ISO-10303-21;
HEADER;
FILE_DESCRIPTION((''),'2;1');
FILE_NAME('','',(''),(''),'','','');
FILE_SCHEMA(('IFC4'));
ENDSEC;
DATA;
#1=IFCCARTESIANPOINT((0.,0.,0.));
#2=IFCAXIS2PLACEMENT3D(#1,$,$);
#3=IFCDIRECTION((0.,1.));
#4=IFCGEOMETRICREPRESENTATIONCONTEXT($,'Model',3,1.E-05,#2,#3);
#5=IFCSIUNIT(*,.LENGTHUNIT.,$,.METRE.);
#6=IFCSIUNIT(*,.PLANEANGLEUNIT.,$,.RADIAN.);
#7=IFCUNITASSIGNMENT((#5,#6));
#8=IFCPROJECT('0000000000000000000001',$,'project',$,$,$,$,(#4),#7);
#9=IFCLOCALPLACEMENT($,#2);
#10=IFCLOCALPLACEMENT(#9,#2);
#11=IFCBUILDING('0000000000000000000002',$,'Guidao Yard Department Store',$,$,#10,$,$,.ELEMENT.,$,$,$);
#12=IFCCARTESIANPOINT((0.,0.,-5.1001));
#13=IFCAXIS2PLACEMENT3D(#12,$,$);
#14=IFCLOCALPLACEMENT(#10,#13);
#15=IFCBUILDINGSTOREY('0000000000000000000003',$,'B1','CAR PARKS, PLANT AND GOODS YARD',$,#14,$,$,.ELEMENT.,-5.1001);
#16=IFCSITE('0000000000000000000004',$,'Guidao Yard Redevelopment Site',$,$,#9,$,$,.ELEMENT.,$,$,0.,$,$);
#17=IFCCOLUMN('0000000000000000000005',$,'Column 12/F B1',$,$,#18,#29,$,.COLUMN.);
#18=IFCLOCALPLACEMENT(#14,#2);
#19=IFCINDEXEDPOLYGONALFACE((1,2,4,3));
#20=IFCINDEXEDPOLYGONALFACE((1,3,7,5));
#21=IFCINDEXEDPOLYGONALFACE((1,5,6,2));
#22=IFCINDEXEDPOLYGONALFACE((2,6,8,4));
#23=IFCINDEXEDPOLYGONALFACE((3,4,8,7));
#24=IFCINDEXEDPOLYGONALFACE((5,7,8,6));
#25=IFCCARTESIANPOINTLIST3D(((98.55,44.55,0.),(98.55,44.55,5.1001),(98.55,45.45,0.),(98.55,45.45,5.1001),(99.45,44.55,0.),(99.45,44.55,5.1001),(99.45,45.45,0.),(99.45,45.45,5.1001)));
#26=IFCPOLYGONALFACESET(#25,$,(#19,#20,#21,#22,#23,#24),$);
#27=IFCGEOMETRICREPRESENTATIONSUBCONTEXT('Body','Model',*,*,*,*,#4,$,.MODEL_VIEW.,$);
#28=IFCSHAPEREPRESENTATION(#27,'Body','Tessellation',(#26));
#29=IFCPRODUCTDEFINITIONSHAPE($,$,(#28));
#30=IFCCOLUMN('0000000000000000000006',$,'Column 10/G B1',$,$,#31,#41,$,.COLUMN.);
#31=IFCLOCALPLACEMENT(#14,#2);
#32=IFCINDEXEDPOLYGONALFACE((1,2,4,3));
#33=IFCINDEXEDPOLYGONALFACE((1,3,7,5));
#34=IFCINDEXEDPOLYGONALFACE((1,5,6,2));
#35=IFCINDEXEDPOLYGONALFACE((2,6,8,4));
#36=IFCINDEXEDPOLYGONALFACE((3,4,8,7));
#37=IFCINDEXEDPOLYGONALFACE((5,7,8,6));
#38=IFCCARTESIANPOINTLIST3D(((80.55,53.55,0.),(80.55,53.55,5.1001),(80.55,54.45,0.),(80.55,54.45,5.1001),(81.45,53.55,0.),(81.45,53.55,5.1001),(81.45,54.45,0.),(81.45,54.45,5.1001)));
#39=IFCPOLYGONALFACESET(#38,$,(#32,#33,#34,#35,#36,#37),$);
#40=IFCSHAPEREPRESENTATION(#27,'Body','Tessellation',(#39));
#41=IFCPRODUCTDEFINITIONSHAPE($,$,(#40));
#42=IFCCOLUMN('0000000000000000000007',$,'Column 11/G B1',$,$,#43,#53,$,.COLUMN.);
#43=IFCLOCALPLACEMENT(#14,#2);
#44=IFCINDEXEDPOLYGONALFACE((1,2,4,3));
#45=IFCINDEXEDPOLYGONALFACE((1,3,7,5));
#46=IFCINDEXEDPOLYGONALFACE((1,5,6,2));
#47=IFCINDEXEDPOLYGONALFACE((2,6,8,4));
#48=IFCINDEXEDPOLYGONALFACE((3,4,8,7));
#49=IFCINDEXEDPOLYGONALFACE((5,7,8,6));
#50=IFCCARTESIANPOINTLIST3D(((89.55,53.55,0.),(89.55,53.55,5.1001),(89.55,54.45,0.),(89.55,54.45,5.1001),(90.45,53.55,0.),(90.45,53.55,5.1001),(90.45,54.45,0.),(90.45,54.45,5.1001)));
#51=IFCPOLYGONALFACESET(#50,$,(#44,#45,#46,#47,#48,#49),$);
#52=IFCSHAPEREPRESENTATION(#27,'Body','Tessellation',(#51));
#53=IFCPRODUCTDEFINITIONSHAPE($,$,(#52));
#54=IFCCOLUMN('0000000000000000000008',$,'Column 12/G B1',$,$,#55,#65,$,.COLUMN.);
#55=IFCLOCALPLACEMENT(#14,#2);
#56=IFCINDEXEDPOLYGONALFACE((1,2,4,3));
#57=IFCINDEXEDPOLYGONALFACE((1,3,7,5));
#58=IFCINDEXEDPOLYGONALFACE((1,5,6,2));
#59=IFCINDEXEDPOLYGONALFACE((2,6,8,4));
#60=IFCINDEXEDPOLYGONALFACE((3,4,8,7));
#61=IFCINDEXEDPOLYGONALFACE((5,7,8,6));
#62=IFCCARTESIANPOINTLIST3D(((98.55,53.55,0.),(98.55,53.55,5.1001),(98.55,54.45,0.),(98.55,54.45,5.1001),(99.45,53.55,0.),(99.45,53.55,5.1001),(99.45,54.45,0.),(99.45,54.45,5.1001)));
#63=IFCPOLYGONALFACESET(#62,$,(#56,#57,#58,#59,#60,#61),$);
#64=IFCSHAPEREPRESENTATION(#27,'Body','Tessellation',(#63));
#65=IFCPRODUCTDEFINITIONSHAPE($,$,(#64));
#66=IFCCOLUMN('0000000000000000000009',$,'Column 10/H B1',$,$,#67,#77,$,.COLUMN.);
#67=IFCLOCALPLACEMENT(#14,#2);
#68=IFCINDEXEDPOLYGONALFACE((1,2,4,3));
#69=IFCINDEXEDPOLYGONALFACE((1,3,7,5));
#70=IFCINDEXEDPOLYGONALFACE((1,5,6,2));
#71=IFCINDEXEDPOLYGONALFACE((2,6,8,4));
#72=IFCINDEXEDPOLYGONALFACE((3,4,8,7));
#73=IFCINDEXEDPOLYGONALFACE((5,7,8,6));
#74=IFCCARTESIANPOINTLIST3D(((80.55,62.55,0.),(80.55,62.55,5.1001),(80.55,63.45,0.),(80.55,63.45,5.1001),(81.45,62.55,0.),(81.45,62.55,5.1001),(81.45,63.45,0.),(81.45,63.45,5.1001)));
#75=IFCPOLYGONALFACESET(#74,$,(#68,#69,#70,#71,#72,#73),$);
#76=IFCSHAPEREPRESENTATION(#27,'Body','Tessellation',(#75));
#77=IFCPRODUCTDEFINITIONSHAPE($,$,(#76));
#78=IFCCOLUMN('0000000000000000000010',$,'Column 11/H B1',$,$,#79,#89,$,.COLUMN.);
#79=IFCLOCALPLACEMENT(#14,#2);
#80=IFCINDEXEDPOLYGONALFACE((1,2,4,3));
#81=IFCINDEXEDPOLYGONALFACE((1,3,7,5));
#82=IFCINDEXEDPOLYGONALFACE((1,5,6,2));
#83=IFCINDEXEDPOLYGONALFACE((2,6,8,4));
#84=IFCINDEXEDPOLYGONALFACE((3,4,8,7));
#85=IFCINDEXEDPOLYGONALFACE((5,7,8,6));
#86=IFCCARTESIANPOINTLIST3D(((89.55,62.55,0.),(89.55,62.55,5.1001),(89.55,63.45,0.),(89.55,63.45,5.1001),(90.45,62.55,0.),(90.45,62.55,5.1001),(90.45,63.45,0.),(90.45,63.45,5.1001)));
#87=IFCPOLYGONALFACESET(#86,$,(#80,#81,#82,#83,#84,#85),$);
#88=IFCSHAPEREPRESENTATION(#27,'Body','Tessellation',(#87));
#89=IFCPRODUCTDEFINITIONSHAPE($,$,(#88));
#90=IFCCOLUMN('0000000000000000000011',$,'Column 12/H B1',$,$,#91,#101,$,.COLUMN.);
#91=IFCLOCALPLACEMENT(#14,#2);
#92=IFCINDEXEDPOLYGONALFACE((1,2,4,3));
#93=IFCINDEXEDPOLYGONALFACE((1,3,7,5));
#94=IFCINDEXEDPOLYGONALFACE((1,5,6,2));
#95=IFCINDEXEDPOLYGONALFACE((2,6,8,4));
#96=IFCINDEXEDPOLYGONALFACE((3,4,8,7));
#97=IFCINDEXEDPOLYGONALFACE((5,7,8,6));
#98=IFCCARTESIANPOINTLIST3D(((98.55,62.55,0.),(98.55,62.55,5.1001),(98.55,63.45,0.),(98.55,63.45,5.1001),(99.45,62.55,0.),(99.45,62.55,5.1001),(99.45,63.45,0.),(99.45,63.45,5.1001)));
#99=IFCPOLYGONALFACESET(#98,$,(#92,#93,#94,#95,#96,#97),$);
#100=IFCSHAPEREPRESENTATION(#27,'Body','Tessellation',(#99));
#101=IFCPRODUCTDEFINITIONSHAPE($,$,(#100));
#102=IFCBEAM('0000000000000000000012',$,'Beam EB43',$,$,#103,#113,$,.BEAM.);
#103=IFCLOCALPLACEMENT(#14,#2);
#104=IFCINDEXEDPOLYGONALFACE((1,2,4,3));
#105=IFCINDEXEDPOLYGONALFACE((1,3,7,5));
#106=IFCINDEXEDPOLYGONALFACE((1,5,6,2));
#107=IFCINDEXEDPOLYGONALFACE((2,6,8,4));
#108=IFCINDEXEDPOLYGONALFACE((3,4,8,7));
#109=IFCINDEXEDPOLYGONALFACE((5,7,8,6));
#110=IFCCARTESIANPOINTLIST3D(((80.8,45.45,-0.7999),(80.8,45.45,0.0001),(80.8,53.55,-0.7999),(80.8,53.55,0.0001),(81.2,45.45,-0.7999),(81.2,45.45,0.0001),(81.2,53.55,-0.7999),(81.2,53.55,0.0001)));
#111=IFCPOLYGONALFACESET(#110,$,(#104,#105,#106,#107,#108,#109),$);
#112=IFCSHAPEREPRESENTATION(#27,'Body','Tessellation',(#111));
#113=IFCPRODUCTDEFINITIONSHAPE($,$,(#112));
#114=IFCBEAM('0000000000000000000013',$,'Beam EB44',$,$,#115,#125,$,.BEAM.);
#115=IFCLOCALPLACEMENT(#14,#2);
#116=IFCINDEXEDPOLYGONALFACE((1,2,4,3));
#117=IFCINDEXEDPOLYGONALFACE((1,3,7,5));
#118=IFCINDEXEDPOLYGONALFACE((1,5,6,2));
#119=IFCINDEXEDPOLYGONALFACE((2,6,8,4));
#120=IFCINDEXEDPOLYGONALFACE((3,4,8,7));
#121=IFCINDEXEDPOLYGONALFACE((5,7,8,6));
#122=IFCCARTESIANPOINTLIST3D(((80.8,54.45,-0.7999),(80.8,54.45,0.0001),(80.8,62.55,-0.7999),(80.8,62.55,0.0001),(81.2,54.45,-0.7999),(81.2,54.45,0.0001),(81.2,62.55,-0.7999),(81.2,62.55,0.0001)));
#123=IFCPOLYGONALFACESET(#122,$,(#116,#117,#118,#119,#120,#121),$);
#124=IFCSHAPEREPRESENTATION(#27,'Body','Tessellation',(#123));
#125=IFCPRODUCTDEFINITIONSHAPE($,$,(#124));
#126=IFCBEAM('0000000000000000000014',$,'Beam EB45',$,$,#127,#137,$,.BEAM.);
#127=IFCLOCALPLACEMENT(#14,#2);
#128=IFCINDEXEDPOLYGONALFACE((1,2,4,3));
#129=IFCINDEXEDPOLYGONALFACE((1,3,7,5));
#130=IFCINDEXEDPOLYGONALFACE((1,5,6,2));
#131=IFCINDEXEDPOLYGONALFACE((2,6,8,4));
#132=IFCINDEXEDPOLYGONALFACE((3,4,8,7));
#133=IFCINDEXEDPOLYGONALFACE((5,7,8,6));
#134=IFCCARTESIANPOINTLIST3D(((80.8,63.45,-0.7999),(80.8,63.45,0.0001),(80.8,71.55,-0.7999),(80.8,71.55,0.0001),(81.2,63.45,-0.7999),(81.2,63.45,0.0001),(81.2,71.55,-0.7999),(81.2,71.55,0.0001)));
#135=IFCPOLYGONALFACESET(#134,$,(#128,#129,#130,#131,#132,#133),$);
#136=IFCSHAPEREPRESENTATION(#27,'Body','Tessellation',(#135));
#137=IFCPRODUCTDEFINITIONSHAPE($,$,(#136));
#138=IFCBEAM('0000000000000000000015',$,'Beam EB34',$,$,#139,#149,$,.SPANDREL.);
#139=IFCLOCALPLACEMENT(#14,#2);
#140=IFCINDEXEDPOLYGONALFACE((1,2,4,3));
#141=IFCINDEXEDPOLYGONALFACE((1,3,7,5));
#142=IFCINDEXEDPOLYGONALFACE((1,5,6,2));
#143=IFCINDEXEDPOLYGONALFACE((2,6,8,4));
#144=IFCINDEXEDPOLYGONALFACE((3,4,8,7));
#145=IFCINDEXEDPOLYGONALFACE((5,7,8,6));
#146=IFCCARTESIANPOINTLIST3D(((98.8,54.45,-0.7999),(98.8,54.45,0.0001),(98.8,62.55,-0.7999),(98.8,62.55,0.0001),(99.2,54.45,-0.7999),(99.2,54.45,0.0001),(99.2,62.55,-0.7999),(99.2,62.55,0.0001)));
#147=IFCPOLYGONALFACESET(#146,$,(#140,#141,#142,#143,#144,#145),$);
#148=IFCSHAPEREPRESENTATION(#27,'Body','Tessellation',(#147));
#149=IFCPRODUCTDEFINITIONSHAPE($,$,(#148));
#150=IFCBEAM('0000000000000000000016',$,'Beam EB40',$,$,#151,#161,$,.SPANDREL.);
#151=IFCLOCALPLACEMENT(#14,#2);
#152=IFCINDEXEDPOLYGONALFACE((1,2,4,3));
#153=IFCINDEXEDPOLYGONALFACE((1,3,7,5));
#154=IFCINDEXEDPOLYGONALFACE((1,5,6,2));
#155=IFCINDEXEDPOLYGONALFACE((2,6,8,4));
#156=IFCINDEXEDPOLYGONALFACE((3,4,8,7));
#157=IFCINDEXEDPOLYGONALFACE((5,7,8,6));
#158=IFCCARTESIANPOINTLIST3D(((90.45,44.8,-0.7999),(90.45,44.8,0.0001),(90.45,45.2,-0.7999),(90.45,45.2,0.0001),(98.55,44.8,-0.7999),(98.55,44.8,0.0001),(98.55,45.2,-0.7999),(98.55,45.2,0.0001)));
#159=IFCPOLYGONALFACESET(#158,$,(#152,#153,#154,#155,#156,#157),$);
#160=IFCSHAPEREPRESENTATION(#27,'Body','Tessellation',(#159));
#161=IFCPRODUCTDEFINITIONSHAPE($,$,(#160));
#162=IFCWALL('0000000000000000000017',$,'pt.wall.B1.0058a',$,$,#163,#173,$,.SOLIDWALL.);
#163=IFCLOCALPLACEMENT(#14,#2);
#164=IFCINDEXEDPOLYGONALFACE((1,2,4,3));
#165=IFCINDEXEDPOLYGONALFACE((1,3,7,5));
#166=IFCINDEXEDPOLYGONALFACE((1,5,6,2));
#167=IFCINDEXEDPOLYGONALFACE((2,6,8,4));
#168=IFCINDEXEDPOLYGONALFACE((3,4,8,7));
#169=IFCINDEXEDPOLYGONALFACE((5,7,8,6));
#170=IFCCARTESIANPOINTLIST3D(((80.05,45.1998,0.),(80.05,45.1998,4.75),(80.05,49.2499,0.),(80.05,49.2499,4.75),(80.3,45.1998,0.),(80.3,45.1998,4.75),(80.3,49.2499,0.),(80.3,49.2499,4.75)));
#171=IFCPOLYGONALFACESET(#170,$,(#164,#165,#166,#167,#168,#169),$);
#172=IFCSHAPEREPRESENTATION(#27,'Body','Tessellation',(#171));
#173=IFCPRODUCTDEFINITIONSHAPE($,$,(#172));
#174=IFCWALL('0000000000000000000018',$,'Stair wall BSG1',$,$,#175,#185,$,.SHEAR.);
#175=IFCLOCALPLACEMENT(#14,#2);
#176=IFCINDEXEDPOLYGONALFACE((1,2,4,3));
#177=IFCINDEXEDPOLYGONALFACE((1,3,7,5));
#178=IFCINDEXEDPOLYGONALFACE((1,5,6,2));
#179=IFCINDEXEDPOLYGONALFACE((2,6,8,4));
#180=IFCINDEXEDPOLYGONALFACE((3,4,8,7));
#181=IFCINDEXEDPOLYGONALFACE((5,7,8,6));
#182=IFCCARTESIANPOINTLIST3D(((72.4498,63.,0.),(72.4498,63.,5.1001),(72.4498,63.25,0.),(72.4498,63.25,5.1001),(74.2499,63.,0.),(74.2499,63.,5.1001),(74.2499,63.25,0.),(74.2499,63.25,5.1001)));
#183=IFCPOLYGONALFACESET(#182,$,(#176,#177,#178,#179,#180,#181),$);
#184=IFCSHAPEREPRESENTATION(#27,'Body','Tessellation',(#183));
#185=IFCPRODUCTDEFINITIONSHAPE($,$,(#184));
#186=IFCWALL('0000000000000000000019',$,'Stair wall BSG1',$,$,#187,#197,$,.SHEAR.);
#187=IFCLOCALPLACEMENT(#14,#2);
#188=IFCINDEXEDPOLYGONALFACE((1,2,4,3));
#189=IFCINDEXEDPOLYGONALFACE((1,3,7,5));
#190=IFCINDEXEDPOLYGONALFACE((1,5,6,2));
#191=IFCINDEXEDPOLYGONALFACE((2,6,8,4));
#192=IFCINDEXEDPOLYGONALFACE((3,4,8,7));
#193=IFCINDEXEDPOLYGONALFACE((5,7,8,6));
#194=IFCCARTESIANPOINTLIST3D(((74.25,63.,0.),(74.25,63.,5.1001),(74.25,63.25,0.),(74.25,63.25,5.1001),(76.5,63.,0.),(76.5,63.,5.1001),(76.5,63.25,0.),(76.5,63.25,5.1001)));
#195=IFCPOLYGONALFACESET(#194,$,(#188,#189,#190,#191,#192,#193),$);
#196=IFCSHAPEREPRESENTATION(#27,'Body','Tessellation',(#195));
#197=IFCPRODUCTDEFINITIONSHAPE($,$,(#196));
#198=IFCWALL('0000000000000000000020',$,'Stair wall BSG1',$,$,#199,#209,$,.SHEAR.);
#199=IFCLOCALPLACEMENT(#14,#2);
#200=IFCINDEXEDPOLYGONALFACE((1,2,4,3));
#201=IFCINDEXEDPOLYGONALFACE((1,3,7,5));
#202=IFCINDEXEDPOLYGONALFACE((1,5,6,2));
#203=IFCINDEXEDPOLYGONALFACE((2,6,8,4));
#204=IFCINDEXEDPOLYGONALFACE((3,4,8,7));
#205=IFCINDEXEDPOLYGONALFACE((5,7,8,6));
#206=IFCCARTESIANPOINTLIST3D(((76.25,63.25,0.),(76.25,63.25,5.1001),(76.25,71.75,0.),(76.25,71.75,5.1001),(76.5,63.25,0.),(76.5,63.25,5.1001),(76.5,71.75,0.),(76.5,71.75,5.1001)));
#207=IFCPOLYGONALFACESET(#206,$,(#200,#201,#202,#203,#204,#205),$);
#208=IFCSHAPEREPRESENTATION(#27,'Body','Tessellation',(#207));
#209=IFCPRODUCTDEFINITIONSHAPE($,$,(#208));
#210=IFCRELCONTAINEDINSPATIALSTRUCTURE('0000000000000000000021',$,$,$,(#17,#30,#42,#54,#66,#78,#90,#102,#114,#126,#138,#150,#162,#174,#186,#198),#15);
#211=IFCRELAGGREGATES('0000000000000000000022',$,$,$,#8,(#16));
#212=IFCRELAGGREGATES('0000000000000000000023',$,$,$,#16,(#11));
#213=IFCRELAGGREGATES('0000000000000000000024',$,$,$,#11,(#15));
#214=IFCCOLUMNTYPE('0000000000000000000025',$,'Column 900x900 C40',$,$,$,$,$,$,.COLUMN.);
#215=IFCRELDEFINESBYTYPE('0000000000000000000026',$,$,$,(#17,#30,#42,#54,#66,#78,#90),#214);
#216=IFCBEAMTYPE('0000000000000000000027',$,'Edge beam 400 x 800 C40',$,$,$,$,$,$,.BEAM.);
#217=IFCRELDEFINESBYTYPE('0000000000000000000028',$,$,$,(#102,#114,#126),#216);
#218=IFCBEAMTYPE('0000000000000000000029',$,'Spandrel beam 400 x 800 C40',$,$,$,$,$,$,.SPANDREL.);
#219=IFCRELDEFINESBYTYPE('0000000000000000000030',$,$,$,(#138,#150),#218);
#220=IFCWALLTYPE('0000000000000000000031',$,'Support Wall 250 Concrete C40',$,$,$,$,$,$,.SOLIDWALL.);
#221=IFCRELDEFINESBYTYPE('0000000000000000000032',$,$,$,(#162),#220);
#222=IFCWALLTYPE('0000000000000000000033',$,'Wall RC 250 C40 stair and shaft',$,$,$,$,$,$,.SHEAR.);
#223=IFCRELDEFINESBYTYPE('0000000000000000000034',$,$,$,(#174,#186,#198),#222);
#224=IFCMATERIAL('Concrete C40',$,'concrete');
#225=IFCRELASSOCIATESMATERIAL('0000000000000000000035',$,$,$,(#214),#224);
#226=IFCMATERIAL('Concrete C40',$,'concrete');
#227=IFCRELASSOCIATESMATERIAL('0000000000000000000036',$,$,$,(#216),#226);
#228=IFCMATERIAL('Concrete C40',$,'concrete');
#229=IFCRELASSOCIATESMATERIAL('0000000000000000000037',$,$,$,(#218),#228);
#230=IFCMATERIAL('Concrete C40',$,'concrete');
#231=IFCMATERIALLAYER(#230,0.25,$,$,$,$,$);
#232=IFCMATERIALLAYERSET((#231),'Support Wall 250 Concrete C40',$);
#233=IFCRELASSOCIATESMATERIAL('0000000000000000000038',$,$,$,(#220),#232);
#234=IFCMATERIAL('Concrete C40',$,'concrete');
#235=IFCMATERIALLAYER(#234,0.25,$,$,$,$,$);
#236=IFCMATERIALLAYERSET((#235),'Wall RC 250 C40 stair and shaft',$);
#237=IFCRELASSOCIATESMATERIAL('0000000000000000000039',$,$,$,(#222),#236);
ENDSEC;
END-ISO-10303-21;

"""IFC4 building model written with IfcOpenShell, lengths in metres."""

from ifc_helpers import new_model, si_unit, direction, frame, frame_2d, origin, origin_2d, place, context, subcontext, project, spatial, rectangle, extrude, material, layer, layer_set, material_profile, profile_set, type_object, element, save


model = new_model("IFC4")

# Units and contexts
model_context = context("Model", 3, precision=1e-05, world=origin(), true_north=direction((0.0, 1.0)))
body_context = subcontext(model_context, "Body", "Model", "MODEL_VIEW")
ifc_project = project(units=[si_unit("LENGTHUNIT", "METRE"), si_unit("PLANEANGLEUNIT", "RADIAN")], contexts=[model_context])

# Site, building, storey
site_placement = place(None, origin())
site = spatial("IfcSite", under=ifc_project, at=site_placement, Name="Guidao Yard Redevelopment Site", CompositionType="ELEMENT", RefElevation=0.0)
building_placement = place(site_placement, origin())
building = spatial("IfcBuilding", under=site, at=building_placement, Name="Guidao Yard Department Store", CompositionType="ELEMENT")
storey_placement = place(building_placement, frame((0.0, 0.0, -5.1001)))
storey = spatial("IfcBuildingStorey", under=building, at=storey_placement, Name="B1", Description="CAR PARKS, PLANT AND GOODS YARD", CompositionType="ELEMENT", Elevation=-5.1001)

# Columns
ifc_material_1 = material(Name="Concrete C40", Category="concrete")
ifc_material_profile_1 = material_profile(ifc_material_1, rectangle(XDim=0.8999, YDim=0.8999, at=origin_2d()), Name="COL 900x900")
ifc_profile_set_1 = profile_set([ifc_material_profile_1], Name="Concrete C40")
column_type = type_object("IfcColumnType", Name="Column 900x900 C40", PredefinedType="COLUMN", material=ifc_profile_set_1)
for number, where, z_axis, x_axis, name in (
    (1, (99.0, 45.0, 0.0), (0.0, 0.0, 1.0), (1.0, 0.0, 0.0), "Column 12/F B1"),
    (2, (81.0, 54.0, 0.0), (0.0, 0.0, 1.0), (1.0, 0.0, 0.0), "Column 10/G B1"),
    (3, (90.0, 54.0, 0.0), (0.0, 0.0, 1.0), (1.0, 0.0, 0.0), "Column 11/G B1"),
    (4, (99.0, 54.0, 0.0), (0.0, 0.0, 1.0), (1.0, 0.0, 0.0), "Column 12/G B1"),
    (5, (81.0, 63.0, 0.0), (0.0, 0.0, 1.0), (1.0, 0.0, 0.0), "Column 10/H B1"),
    (6, (90.0, 63.0, 0.0), (0.0, 0.0, 1.0), (1.0, 0.0, 0.0), "Column 11/H B1"),
    (7, (99.0, 63.0, 0.0), (0.0, 0.0, 1.0), (1.0, 0.0, 0.0), "Column 12/H B1"),
):
    element("IfcColumn", number, at=place(storey_placement, frame(where, z_axis=z_axis, x_axis=x_axis)), inside=storey, type_object=column_type, Name=name, PredefinedType="COLUMN", context=body_context, shape_type="SweptSolid", body=[
        extrude(rectangle(XDim=0.8999, YDim=0.8999, at=origin_2d()), origin(), (0.0, 0.0, 1.0), 5.1001),
    ])

# Beams
ifc_material_2 = material(Name="Concrete C40", Category="concrete")
ifc_material_profile_2 = material_profile(ifc_material_2, rectangle(XDim=0.3999, YDim=0.8, at=origin_2d()), Name="Edge beam 400 x 800 C40")
ifc_profile_set_2 = profile_set([ifc_material_profile_2], Name="Concrete C40")
beam_type_1 = type_object("IfcBeamType", Name="Edge beam 400 x 800 C40", PredefinedType="BEAM", material=ifc_profile_set_2)
for number, where, z_axis, x_axis, name in (
    (8, (81.0, 45.45, -0.3999), (0.0, 1.0, 0.0), (-1.0, 0.0, 0.0), "Beam EB43"),
    (9, (81.0, 54.45, -0.3999), (0.0, 1.0, 0.0), (-1.0, 0.0, 0.0), "Beam EB44"),
    (10, (81.0, 63.45, -0.3999), (0.0, 1.0, 0.0), (-1.0, 0.0, 0.0), "Beam EB45"),
):
    element("IfcBeam", number, at=place(storey_placement, frame(where, z_axis=z_axis, x_axis=x_axis)), inside=storey, type_object=beam_type_1, Name=name, PredefinedType="BEAM", context=body_context, shape_type="SweptSolid", body=[
        extrude(rectangle(XDim=0.3999, YDim=0.8, at=origin_2d()), origin(), (0.0, 0.0, 1.0), 8.1001),
    ])
ifc_material_3 = material(Name="Concrete C40", Category="concrete")
ifc_material_profile_3 = material_profile(ifc_material_3, rectangle(XDim=0.3999, YDim=0.8, at=origin_2d()), Name="Spandrel beam 400 x 800 C40")
ifc_profile_set_3 = profile_set([ifc_material_profile_3], Name="Concrete C40")
beam_type_2 = type_object("IfcBeamType", Name="Spandrel beam 400 x 800 C40", PredefinedType="SPANDREL", material=ifc_profile_set_3)
for number, where, z_axis, x_axis, name in (
    (11, (99.0, 54.45, -0.3999), (0.0, 1.0, 0.0), (-1.0, 0.0, 0.0), "Beam EB34"),
    (12, (90.45, 45.0, -0.3999), (1.0, 0.0, 0.0), (0.0, 1.0, 0.0), "Beam EB40"),
):
    element("IfcBeam", number, at=place(storey_placement, frame(where, z_axis=z_axis, x_axis=x_axis)), inside=storey, type_object=beam_type_2, Name=name, PredefinedType="SPANDREL", context=body_context, shape_type="SweptSolid", body=[
        extrude(rectangle(XDim=0.3999, YDim=0.8, at=origin_2d()), origin(), (0.0, 0.0, 1.0), 8.1001),
    ])

# Walls
ifc_material_4 = material(Name="Concrete C40", Category="concrete")
ifc_layer_1 = layer(ifc_material_4, 0.25)
ifc_layer_set_1 = layer_set([ifc_layer_1], Name="Support Wall 250 Concrete C40")
wall_type_1 = type_object("IfcWallType", Name="Support Wall 250 Concrete C40", PredefinedType="SOLIDWALL", material=ifc_layer_set_1)
wall_1_placement = place(storey_placement, frame((80.175, 45.2, 0.0), z_axis=(0.0, 0.0, 1.0), x_axis=(0.0, 1.0, 0.0)))
element("IfcWall", 13, at=wall_1_placement, inside=storey, type_object=wall_type_1, Name="pt.wall.B1.0058a", PredefinedType="SOLIDWALL", context=body_context, shape_type="SweptSolid", body=[
    extrude(rectangle(XDim=4.05, YDim=0.25, at=frame_2d((2.0249, 0.0))), origin(), (0.0, 0.0, 1.0), 4.75),
])
ifc_material_5 = material(Name="Concrete C40", Category="concrete")
ifc_layer_2 = layer(ifc_material_5, 0.25)
ifc_layer_set_2 = layer_set([ifc_layer_2], Name="Wall RC 250 C40 stair and shaft")
wall_type_2 = type_object("IfcWallType", Name="Wall RC 250 C40 stair and shaft", PredefinedType="SHEAR", material=ifc_layer_set_2)
wall_2_placement = place(storey_placement, frame((72.45, 63.125, 0.0), z_axis=(0.0, 0.0, 1.0), x_axis=(1.0, 0.0, 0.0)))
element("IfcWall", 14, at=wall_2_placement, inside=storey, type_object=wall_type_2, Name="Stair wall BSG1", PredefinedType="SHEAR", context=body_context, shape_type="SweptSolid", body=[
    extrude(rectangle(XDim=1.8, YDim=0.25, at=frame_2d((0.8999, 0.0))), origin(), (0.0, 0.0, 1.0), 5.1001),
])
wall_3_placement = place(storey_placement, frame((74.25, 63.125, 0.0), z_axis=(0.0, 0.0, 1.0), x_axis=(1.0, 0.0, 0.0)))
element("IfcWall", 15, at=wall_3_placement, inside=storey, type_object=wall_type_2, Name="Stair wall BSG1", PredefinedType="SHEAR", context=body_context, shape_type="SweptSolid", body=[
    extrude(rectangle(XDim=2.25, YDim=0.25, at=frame_2d((1.125, 0.0))), origin(), (0.0, 0.0, 1.0), 5.1001),
])
wall_4_placement = place(storey_placement, frame((76.375, 63.25, 0.0), z_axis=(0.0, 0.0, 1.0), x_axis=(0.0, 1.0, 0.0)))
element("IfcWall", 16, at=wall_4_placement, inside=storey, type_object=wall_type_2, Name="Stair wall BSG1", PredefinedType="SHEAR", context=body_context, shape_type="SweptSolid", body=[
    extrude(rectangle(XDim=8.5, YDim=0.25, at=frame_2d((4.25, 0.0))), origin(), (0.0, 0.0, 1.0), 5.1001),
])

save(model, "model.ifc")
